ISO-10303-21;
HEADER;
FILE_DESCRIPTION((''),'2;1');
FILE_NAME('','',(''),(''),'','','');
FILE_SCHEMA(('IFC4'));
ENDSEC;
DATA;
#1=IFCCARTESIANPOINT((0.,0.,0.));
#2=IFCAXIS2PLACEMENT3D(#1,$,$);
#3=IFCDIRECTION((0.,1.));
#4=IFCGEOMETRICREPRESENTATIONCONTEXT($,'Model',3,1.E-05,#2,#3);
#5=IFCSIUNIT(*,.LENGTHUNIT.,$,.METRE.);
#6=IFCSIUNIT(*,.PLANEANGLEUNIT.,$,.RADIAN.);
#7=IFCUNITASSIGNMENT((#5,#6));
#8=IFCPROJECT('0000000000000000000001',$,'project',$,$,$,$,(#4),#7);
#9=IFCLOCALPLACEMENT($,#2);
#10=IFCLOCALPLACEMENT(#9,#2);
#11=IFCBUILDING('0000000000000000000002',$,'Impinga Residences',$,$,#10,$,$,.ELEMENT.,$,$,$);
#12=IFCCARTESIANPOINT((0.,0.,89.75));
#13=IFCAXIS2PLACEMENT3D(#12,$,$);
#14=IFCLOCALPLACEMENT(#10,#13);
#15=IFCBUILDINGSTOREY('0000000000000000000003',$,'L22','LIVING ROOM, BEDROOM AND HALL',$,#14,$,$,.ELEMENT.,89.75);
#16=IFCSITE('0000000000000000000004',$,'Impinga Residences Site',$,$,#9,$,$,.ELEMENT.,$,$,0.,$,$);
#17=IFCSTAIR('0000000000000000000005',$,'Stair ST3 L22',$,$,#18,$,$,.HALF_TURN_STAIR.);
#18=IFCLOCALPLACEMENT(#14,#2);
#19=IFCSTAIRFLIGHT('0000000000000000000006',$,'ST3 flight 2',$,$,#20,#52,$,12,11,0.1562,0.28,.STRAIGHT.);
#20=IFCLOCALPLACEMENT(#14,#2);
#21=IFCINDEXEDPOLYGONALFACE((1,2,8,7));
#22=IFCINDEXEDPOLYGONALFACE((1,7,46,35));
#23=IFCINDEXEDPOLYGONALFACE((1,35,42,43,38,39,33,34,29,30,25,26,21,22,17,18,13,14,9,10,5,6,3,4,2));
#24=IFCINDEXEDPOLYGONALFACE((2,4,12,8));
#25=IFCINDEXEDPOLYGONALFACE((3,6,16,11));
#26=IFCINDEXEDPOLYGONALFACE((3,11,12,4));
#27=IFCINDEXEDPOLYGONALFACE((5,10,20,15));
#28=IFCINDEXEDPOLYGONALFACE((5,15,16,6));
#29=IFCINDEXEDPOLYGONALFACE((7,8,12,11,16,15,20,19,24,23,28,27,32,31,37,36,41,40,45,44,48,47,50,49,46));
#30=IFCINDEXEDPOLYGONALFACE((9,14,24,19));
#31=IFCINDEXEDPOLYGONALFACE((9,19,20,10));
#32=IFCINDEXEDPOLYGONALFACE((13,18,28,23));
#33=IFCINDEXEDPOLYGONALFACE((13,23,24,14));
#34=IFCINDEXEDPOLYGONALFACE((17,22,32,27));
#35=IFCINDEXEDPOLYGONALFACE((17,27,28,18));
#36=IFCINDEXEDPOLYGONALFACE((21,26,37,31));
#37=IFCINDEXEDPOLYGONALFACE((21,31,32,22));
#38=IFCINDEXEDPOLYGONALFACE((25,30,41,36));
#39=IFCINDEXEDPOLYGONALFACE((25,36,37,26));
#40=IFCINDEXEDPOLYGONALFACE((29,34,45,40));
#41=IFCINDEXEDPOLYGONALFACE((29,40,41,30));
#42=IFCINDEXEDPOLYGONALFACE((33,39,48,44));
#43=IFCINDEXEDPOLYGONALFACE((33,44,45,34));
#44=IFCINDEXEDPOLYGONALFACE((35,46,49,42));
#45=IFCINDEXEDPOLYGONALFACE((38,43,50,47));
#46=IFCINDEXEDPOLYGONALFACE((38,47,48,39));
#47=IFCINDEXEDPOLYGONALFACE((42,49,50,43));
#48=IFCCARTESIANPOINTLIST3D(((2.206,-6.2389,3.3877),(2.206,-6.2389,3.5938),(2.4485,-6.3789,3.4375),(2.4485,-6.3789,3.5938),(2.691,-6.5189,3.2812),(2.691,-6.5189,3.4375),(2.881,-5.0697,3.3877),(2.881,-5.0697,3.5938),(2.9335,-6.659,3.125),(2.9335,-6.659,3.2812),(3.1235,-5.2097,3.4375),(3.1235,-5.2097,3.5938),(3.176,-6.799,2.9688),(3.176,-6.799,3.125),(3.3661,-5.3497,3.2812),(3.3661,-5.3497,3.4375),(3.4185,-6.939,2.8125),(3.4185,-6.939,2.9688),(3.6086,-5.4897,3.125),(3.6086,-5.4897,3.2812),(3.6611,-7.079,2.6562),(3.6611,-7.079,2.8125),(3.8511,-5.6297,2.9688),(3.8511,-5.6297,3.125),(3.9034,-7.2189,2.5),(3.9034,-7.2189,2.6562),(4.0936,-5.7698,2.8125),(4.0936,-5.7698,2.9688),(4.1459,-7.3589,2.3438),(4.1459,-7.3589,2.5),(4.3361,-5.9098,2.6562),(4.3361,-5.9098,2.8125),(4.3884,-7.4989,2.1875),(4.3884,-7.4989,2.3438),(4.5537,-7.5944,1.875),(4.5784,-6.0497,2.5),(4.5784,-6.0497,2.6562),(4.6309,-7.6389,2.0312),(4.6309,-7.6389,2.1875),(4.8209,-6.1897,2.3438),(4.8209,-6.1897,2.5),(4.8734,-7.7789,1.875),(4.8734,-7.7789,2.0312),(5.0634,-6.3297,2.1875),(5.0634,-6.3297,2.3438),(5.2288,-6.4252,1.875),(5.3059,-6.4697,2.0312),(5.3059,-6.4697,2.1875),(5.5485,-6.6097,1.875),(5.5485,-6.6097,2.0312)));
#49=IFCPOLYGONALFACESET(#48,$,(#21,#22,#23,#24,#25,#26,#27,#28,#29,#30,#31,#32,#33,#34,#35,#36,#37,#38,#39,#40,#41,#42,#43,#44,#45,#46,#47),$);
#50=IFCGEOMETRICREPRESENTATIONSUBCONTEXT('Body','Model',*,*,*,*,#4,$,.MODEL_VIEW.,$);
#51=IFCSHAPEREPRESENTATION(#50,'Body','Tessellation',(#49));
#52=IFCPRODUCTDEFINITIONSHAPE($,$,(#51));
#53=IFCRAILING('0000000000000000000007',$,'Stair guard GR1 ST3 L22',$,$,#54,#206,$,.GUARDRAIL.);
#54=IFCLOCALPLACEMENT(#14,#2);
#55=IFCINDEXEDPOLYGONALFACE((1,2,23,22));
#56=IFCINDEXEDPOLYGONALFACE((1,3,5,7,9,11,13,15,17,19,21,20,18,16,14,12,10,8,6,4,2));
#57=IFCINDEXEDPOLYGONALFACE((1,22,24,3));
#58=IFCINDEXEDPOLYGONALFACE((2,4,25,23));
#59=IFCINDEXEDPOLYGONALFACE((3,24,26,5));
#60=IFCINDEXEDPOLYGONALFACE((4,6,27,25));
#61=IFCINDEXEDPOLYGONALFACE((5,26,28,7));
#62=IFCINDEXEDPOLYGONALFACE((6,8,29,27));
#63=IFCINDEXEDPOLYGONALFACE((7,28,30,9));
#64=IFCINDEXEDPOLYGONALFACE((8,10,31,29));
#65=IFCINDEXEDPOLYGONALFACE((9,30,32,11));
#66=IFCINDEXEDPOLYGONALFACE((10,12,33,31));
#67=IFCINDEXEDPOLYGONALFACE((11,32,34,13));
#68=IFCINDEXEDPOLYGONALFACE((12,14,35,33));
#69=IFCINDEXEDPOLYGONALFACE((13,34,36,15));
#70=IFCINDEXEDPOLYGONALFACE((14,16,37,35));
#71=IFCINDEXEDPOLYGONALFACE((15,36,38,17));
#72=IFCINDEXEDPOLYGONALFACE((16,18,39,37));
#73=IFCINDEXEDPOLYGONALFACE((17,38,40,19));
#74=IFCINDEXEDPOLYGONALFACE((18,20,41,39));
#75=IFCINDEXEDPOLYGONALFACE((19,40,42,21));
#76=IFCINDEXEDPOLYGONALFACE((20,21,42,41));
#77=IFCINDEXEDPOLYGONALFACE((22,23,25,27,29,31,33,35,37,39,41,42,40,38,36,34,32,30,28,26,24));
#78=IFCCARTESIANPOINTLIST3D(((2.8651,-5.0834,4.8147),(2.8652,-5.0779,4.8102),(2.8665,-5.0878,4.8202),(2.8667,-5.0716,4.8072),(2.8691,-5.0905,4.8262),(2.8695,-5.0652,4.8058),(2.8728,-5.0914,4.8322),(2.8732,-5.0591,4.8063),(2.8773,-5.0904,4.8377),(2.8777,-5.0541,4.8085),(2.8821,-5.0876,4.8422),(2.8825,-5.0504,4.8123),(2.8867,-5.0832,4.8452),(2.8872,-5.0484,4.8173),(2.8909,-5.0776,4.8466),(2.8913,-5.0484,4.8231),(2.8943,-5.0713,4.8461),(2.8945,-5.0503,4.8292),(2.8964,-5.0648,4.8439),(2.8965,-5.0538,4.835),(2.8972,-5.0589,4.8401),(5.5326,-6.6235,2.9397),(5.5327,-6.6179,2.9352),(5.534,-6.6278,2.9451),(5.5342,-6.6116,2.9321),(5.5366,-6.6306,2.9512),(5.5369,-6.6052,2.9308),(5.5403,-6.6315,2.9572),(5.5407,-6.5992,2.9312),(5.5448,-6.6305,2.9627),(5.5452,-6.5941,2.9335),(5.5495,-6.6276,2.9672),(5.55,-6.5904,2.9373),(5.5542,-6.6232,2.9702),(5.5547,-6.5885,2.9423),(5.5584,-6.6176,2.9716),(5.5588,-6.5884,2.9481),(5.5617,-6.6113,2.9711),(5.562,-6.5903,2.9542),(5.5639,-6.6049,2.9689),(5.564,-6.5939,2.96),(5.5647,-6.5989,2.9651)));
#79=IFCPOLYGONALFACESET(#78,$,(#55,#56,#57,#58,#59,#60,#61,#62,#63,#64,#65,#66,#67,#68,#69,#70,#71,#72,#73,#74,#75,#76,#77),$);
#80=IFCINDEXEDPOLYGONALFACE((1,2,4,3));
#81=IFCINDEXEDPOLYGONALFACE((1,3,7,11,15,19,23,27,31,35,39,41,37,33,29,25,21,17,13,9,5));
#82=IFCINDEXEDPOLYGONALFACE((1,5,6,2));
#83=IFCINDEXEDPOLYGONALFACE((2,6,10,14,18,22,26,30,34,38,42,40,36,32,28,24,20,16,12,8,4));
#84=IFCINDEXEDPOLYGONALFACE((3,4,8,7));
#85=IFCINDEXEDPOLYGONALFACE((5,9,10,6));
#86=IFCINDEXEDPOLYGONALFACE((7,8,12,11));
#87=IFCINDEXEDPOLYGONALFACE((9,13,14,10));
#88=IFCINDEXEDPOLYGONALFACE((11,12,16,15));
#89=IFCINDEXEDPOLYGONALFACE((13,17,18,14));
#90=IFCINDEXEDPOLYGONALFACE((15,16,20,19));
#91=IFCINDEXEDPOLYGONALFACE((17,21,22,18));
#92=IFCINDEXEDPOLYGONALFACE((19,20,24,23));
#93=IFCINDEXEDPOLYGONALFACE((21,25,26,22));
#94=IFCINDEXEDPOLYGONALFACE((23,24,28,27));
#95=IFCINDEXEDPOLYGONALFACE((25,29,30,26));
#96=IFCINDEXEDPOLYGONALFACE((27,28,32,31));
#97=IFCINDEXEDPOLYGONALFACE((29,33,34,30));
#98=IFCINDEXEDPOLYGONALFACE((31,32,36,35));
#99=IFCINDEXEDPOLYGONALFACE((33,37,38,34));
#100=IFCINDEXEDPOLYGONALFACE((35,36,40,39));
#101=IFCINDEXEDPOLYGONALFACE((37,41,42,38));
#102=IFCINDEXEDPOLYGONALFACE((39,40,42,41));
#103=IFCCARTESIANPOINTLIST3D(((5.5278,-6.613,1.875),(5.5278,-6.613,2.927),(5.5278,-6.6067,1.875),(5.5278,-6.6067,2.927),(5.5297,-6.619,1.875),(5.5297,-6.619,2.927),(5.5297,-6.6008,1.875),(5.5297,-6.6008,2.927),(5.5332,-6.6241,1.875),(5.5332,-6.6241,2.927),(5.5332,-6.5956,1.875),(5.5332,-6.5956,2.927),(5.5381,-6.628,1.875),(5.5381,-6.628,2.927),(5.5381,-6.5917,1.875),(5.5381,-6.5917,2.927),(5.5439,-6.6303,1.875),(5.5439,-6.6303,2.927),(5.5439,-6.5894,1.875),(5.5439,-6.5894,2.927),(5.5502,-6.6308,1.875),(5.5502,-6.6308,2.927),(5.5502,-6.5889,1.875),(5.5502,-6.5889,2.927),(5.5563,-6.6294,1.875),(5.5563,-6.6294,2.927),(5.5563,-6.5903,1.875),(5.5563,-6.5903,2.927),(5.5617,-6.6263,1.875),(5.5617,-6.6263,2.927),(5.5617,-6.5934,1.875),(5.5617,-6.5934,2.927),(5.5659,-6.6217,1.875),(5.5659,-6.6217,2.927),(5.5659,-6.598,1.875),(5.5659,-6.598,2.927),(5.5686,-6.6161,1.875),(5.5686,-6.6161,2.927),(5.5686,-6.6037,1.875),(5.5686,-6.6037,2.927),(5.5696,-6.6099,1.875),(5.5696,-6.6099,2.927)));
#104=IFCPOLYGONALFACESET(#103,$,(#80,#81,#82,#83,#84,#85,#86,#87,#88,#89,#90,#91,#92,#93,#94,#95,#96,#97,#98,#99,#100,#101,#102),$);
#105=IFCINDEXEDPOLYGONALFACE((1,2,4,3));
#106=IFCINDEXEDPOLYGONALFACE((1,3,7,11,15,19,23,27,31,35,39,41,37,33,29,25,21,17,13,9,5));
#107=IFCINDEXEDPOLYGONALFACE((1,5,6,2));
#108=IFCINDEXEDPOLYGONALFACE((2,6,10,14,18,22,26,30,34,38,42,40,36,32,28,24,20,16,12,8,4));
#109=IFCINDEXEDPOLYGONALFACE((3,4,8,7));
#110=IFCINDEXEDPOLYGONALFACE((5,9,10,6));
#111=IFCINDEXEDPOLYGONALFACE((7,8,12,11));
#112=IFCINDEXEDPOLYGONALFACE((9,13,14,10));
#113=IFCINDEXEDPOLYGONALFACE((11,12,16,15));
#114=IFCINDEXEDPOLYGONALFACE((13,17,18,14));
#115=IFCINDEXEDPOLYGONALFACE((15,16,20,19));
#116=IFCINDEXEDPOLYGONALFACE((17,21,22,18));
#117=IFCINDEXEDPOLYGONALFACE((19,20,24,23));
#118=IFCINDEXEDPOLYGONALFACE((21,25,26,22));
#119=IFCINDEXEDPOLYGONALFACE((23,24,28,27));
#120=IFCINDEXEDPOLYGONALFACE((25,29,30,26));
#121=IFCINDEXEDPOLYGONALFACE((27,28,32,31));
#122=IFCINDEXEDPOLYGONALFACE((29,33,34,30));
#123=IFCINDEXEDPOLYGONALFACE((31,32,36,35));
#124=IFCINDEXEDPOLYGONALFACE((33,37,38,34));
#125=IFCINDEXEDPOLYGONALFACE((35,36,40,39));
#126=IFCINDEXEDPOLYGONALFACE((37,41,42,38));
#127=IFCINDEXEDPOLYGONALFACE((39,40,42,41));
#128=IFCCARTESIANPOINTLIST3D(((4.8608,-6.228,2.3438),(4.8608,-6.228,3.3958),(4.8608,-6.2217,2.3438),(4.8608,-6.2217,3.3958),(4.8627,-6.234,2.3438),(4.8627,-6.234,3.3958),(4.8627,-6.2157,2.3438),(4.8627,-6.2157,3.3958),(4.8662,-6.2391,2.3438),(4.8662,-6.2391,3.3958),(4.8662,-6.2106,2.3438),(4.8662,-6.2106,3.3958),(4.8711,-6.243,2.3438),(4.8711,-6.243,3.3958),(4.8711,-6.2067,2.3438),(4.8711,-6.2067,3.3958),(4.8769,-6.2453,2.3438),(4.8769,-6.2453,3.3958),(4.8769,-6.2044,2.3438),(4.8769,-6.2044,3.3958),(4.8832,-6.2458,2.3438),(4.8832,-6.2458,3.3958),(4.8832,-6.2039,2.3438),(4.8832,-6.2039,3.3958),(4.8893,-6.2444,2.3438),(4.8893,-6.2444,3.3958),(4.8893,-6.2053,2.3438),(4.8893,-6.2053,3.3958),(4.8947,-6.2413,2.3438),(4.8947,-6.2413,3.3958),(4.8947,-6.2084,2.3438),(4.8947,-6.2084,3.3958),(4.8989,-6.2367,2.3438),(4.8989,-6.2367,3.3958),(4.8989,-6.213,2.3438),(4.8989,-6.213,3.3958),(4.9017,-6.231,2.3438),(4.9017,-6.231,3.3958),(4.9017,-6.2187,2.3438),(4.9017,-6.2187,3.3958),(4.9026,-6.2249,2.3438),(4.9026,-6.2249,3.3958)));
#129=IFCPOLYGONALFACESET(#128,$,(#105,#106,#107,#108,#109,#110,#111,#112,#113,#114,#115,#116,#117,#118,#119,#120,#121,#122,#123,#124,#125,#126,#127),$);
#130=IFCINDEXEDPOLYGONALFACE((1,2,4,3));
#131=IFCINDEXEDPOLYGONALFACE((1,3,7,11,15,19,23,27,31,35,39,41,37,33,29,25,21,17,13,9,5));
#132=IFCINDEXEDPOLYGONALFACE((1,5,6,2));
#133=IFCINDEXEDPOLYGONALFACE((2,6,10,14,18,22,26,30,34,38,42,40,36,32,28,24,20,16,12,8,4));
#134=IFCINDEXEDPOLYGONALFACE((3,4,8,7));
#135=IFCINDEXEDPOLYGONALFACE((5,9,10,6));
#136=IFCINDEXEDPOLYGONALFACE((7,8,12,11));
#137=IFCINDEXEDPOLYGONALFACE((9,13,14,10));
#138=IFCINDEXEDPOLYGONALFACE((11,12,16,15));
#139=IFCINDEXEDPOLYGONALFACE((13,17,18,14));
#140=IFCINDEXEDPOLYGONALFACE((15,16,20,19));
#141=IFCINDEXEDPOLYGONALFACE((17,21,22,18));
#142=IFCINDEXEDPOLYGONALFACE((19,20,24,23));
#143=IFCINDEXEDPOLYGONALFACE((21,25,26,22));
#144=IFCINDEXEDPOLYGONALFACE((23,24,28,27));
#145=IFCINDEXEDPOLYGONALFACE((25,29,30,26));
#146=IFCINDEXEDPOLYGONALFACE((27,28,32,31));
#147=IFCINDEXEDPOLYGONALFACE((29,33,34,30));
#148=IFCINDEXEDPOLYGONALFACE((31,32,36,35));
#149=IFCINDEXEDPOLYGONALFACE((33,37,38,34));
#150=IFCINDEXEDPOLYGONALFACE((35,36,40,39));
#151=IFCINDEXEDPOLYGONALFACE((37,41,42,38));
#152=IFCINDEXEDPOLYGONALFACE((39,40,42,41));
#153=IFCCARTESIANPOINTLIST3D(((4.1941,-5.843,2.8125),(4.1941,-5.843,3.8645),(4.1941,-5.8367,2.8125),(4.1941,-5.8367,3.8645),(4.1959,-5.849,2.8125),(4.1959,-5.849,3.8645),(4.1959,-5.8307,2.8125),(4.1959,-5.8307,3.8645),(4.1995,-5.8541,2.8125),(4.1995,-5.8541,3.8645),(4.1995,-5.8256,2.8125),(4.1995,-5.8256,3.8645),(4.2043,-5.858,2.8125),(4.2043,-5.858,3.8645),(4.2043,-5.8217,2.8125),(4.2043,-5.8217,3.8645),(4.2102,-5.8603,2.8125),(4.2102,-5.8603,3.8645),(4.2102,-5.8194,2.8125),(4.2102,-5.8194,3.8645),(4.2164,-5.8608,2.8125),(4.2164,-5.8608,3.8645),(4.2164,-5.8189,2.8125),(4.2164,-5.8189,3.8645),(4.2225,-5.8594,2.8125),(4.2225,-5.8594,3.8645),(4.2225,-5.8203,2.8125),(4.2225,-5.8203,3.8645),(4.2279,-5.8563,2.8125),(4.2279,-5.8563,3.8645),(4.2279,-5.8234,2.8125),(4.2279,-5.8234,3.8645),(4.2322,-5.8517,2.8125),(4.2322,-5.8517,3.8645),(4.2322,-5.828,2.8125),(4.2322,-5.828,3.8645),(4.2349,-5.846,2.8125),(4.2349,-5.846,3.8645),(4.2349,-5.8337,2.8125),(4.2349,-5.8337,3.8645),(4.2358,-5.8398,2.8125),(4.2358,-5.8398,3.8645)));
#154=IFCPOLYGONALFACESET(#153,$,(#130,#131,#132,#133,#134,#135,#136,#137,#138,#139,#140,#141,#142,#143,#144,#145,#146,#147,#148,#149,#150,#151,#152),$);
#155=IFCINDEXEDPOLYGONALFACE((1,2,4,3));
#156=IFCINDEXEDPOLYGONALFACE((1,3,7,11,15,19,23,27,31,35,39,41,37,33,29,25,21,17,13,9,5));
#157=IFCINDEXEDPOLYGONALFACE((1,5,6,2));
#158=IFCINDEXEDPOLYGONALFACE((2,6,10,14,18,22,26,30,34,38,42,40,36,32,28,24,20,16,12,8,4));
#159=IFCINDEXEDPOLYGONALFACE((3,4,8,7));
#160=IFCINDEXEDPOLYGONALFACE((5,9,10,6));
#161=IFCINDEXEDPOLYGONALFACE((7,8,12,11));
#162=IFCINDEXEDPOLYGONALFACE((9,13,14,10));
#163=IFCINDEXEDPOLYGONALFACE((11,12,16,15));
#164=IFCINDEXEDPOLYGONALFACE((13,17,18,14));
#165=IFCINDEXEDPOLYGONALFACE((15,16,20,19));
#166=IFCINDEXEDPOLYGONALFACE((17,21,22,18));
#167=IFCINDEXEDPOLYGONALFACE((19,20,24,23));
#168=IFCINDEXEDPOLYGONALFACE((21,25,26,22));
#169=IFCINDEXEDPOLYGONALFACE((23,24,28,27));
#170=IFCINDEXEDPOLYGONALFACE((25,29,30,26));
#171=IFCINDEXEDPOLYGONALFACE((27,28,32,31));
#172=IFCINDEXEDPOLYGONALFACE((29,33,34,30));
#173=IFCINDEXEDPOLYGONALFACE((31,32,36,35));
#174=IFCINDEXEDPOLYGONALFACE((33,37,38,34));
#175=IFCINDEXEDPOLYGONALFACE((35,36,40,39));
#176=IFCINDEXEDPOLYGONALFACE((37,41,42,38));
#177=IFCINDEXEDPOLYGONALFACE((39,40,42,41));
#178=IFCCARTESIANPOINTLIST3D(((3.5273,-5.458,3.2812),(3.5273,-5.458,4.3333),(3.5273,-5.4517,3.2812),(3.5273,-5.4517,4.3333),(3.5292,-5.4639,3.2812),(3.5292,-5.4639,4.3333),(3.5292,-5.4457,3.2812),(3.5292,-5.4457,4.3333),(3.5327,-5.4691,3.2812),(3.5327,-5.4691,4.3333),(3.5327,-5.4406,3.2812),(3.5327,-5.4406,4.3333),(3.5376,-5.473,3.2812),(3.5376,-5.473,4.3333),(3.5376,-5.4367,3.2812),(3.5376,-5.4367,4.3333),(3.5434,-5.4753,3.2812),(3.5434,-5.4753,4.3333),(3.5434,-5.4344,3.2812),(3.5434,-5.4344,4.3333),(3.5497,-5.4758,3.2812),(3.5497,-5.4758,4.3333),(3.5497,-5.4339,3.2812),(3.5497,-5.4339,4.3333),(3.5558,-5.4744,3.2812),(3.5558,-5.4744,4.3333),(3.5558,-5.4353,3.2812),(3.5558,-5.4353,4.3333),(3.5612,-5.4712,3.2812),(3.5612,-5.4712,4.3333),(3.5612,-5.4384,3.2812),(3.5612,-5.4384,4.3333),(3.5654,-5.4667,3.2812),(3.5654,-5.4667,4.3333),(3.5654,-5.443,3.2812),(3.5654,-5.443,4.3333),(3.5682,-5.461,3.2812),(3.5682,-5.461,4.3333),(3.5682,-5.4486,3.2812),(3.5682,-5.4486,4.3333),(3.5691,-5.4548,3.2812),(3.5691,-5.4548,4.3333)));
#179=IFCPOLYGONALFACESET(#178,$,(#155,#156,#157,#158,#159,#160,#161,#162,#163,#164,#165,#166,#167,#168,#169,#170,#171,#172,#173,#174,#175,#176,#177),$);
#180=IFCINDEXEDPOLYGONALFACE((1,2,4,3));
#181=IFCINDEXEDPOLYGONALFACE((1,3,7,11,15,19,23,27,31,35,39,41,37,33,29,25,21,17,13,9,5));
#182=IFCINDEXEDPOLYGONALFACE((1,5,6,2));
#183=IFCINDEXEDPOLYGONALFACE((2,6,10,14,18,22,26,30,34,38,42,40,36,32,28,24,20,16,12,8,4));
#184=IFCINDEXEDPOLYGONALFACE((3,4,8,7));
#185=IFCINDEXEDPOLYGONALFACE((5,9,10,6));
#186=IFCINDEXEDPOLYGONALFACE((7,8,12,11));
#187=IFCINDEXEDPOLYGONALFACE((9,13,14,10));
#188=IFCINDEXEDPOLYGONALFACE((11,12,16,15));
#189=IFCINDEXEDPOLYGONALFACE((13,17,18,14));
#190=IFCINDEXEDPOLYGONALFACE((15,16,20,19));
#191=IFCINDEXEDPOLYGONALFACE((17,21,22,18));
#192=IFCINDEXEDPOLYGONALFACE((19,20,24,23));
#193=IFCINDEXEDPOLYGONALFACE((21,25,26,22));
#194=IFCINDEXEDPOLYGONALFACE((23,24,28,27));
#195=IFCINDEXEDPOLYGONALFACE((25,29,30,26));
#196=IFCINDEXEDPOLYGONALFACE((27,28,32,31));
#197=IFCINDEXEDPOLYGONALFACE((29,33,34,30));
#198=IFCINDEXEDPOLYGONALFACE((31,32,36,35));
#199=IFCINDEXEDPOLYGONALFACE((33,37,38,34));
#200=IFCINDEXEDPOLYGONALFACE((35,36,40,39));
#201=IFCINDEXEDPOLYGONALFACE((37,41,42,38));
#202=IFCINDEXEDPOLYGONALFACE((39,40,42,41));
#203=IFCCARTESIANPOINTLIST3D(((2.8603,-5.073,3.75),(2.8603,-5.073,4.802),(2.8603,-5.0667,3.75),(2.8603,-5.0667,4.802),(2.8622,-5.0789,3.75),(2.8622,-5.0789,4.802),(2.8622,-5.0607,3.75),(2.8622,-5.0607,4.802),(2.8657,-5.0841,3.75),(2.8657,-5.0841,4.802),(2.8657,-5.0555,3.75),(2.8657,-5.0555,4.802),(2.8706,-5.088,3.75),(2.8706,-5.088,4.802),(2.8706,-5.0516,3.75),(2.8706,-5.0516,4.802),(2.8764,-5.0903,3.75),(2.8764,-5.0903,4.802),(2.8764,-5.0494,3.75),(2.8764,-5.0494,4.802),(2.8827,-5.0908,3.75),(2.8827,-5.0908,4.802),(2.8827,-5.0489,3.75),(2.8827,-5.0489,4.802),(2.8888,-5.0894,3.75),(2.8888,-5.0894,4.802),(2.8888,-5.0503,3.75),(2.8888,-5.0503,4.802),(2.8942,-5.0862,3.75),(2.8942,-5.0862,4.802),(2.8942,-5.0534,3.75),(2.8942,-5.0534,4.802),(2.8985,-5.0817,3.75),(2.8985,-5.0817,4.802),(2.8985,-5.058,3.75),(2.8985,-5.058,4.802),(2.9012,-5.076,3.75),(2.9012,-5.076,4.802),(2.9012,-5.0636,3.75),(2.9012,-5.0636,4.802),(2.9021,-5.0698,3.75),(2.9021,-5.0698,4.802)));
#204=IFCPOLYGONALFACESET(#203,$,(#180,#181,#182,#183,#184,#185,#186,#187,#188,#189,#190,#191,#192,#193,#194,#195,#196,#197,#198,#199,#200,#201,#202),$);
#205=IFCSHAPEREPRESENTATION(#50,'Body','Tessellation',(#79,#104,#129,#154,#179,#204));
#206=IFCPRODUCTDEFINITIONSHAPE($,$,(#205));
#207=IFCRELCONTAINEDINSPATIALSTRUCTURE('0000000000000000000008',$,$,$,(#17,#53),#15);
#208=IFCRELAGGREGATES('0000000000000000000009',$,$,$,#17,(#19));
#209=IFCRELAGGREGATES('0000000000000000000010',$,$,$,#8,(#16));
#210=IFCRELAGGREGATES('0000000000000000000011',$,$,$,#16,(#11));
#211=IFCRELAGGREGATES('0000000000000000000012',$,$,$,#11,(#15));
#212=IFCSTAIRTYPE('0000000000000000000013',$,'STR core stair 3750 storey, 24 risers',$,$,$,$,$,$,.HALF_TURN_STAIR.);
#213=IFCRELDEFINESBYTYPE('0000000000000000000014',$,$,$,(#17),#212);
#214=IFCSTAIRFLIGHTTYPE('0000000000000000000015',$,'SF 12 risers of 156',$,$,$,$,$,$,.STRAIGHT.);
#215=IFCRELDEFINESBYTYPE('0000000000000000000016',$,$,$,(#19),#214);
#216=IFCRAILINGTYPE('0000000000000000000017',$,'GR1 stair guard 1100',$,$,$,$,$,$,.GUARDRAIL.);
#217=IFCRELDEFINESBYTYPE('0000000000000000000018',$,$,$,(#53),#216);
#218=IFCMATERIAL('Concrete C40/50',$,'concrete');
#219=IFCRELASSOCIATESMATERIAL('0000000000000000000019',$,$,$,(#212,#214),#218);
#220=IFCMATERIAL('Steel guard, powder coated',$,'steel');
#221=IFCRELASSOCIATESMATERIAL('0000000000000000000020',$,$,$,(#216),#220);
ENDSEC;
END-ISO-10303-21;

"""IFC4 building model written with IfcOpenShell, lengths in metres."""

from ifc_helpers import new_model, si_unit, direction, frame, origin, origin_2d, place, context, subcontext, project, spatial, polyline, circle, outline, extrude, material, type_object, element, aggregate, save


model = new_model("IFC4")

# Units and contexts
model_context = context("Model", 3, precision=1e-05, world=origin(), true_north=direction((0.0, 1.0)))
body_context = subcontext(model_context, "Body", "Model", "MODEL_VIEW")
ifc_project = project(units=[si_unit("LENGTHUNIT", "METRE"), si_unit("PLANEANGLEUNIT", "RADIAN")], contexts=[model_context])

# Site, building, storey
site_placement = place(None, origin())
site = spatial("IfcSite", under=ifc_project, at=site_placement, Name="Impinga Residences Site", CompositionType="ELEMENT", RefElevation=0.0)
building_placement = place(site_placement, origin())
building = spatial("IfcBuilding", under=site, at=building_placement, Name="Impinga Residences", CompositionType="ELEMENT")
storey_placement = place(building_placement, frame((0.0, 0.0, 89.75)))
storey = spatial("IfcBuildingStorey", under=building, at=storey_placement, Name="L22", Description="LIVING ROOM, BEDROOM AND HALL", CompositionType="ELEMENT", Elevation=89.75)

# Stair, stair flight
ifc_material_1 = material(Name="Concrete C40/50", Category="concrete")
stair_type = type_object("IfcStairType", Name="STR core stair 3750 storey, 24 risers", PredefinedType="HALF_TURN_STAIR", material=ifc_material_1)
stair_placement = place(storey_placement, origin())
stair = element("IfcStair", 1, at=stair_placement, inside=storey, type_object=stair_type, Name="Stair ST3 L22", PredefinedType="HALF_TURN_STAIR")
stair_flight_type = type_object("IfcStairFlightType", Name="SF 12 risers of 156", PredefinedType="STRAIGHT", material=ifc_material_1)
stair_flight_placement = place(storey_placement, frame((5.2109, -7.1943, 1.875), z_axis=(0.0, 0.0, 1.0), x_axis=(-0.866025, 0.5, 0.0)))
stair_flight = element("IfcStairFlight", 2, at=stair_flight_placement, type_object=stair_flight_type, Name="ST3 flight 2", NumberOfRisers=12, NumberOfTreads=11, PredefinedType="STRAIGHT", RiserHeight=0.1562, TreadLength=0.28, context=body_context, shape_type="SweptSolid", body=[
    extrude(outline(polyline([(0.0, 0.0), (0.0, 0.1562), (0.28, 0.1562), (0.28, 0.3125), (0.5601, 0.3125), (0.5601, 0.4688), (0.8401, 0.4688), (0.8401, 0.625), (1.1201, 0.625), (1.1201, 0.7812), (1.3999, 0.7812), (1.3999, 0.9375), (1.6799, 0.9375), (1.6799, 1.0938), (1.96, 1.0938), (1.96, 1.25), (2.24, 1.25), (2.24, 1.4062), (2.52, 1.4062), (2.52, 1.5625), (2.8, 1.5625), (2.8, 1.7188), (3.0801, 1.7188), (3.0801, 1.875), (3.0801, 1.5127), (0.3691, 0.0), (0.0, 0.0)])), frame((0.0, 0.675, 0.0), z_axis=(0.0, -1.0, 0.0), x_axis=(1.0, 0.0, 0.0)), (0.0, 0.0, 1.0), 1.3501),
])
aggregate(stair, [stair_flight])

# Railing
ifc_material_2 = material(Name="Steel guard, powder coated", Category="steel")
railing_type_1 = type_object("IfcRailingType", Name="GR1 stair guard 1100", PredefinedType="GUARDRAIL", material=ifc_material_2)
railing_1_placement = place(storey_placement, frame((5.5486, -6.6099, 1.875)))
element("IfcRailing", 3, at=railing_1_placement, inside=storey, type_object=railing_type_1, Name="Stair guard GR1 ST3 L22", PredefinedType="GUARDRAIL", context=body_context, shape_type="SweptSolid", body=[
    extrude(circle(Radius=0.0239, at=origin_2d()), frame((0.0, 0.0, 1.0762), z_axis=(-0.739746, 0.427084, 0.519975), x_axis=(-0.499992, -0.86603, 0.0)), (0.0, 0.0, 1.0), 3.606),
    extrude(circle(Radius=0.021, at=origin_2d()), origin(), (0.0, 0.0, 1.0), 1.052),
    extrude(circle(Radius=0.021, at=origin_2d()), frame((-0.667, 0.385, 0.4688)), (0.0, 0.0, 1.0), 1.052),
    extrude(circle(Radius=0.021, at=origin_2d()), frame((-1.3337, 0.77, 0.9375)), (0.0, 0.0, 1.0), 1.052),
    extrude(circle(Radius=0.021, at=origin_2d()), frame((-2.0005, 1.155, 1.4062)), (0.0, 0.0, 1.0), 1.052),
    extrude(circle(Radius=0.021, at=origin_2d()), frame((-2.6675, 1.54, 1.875)), (0.0, 0.0, 1.0), 1.052),
])

save(model, "model.ifc")
